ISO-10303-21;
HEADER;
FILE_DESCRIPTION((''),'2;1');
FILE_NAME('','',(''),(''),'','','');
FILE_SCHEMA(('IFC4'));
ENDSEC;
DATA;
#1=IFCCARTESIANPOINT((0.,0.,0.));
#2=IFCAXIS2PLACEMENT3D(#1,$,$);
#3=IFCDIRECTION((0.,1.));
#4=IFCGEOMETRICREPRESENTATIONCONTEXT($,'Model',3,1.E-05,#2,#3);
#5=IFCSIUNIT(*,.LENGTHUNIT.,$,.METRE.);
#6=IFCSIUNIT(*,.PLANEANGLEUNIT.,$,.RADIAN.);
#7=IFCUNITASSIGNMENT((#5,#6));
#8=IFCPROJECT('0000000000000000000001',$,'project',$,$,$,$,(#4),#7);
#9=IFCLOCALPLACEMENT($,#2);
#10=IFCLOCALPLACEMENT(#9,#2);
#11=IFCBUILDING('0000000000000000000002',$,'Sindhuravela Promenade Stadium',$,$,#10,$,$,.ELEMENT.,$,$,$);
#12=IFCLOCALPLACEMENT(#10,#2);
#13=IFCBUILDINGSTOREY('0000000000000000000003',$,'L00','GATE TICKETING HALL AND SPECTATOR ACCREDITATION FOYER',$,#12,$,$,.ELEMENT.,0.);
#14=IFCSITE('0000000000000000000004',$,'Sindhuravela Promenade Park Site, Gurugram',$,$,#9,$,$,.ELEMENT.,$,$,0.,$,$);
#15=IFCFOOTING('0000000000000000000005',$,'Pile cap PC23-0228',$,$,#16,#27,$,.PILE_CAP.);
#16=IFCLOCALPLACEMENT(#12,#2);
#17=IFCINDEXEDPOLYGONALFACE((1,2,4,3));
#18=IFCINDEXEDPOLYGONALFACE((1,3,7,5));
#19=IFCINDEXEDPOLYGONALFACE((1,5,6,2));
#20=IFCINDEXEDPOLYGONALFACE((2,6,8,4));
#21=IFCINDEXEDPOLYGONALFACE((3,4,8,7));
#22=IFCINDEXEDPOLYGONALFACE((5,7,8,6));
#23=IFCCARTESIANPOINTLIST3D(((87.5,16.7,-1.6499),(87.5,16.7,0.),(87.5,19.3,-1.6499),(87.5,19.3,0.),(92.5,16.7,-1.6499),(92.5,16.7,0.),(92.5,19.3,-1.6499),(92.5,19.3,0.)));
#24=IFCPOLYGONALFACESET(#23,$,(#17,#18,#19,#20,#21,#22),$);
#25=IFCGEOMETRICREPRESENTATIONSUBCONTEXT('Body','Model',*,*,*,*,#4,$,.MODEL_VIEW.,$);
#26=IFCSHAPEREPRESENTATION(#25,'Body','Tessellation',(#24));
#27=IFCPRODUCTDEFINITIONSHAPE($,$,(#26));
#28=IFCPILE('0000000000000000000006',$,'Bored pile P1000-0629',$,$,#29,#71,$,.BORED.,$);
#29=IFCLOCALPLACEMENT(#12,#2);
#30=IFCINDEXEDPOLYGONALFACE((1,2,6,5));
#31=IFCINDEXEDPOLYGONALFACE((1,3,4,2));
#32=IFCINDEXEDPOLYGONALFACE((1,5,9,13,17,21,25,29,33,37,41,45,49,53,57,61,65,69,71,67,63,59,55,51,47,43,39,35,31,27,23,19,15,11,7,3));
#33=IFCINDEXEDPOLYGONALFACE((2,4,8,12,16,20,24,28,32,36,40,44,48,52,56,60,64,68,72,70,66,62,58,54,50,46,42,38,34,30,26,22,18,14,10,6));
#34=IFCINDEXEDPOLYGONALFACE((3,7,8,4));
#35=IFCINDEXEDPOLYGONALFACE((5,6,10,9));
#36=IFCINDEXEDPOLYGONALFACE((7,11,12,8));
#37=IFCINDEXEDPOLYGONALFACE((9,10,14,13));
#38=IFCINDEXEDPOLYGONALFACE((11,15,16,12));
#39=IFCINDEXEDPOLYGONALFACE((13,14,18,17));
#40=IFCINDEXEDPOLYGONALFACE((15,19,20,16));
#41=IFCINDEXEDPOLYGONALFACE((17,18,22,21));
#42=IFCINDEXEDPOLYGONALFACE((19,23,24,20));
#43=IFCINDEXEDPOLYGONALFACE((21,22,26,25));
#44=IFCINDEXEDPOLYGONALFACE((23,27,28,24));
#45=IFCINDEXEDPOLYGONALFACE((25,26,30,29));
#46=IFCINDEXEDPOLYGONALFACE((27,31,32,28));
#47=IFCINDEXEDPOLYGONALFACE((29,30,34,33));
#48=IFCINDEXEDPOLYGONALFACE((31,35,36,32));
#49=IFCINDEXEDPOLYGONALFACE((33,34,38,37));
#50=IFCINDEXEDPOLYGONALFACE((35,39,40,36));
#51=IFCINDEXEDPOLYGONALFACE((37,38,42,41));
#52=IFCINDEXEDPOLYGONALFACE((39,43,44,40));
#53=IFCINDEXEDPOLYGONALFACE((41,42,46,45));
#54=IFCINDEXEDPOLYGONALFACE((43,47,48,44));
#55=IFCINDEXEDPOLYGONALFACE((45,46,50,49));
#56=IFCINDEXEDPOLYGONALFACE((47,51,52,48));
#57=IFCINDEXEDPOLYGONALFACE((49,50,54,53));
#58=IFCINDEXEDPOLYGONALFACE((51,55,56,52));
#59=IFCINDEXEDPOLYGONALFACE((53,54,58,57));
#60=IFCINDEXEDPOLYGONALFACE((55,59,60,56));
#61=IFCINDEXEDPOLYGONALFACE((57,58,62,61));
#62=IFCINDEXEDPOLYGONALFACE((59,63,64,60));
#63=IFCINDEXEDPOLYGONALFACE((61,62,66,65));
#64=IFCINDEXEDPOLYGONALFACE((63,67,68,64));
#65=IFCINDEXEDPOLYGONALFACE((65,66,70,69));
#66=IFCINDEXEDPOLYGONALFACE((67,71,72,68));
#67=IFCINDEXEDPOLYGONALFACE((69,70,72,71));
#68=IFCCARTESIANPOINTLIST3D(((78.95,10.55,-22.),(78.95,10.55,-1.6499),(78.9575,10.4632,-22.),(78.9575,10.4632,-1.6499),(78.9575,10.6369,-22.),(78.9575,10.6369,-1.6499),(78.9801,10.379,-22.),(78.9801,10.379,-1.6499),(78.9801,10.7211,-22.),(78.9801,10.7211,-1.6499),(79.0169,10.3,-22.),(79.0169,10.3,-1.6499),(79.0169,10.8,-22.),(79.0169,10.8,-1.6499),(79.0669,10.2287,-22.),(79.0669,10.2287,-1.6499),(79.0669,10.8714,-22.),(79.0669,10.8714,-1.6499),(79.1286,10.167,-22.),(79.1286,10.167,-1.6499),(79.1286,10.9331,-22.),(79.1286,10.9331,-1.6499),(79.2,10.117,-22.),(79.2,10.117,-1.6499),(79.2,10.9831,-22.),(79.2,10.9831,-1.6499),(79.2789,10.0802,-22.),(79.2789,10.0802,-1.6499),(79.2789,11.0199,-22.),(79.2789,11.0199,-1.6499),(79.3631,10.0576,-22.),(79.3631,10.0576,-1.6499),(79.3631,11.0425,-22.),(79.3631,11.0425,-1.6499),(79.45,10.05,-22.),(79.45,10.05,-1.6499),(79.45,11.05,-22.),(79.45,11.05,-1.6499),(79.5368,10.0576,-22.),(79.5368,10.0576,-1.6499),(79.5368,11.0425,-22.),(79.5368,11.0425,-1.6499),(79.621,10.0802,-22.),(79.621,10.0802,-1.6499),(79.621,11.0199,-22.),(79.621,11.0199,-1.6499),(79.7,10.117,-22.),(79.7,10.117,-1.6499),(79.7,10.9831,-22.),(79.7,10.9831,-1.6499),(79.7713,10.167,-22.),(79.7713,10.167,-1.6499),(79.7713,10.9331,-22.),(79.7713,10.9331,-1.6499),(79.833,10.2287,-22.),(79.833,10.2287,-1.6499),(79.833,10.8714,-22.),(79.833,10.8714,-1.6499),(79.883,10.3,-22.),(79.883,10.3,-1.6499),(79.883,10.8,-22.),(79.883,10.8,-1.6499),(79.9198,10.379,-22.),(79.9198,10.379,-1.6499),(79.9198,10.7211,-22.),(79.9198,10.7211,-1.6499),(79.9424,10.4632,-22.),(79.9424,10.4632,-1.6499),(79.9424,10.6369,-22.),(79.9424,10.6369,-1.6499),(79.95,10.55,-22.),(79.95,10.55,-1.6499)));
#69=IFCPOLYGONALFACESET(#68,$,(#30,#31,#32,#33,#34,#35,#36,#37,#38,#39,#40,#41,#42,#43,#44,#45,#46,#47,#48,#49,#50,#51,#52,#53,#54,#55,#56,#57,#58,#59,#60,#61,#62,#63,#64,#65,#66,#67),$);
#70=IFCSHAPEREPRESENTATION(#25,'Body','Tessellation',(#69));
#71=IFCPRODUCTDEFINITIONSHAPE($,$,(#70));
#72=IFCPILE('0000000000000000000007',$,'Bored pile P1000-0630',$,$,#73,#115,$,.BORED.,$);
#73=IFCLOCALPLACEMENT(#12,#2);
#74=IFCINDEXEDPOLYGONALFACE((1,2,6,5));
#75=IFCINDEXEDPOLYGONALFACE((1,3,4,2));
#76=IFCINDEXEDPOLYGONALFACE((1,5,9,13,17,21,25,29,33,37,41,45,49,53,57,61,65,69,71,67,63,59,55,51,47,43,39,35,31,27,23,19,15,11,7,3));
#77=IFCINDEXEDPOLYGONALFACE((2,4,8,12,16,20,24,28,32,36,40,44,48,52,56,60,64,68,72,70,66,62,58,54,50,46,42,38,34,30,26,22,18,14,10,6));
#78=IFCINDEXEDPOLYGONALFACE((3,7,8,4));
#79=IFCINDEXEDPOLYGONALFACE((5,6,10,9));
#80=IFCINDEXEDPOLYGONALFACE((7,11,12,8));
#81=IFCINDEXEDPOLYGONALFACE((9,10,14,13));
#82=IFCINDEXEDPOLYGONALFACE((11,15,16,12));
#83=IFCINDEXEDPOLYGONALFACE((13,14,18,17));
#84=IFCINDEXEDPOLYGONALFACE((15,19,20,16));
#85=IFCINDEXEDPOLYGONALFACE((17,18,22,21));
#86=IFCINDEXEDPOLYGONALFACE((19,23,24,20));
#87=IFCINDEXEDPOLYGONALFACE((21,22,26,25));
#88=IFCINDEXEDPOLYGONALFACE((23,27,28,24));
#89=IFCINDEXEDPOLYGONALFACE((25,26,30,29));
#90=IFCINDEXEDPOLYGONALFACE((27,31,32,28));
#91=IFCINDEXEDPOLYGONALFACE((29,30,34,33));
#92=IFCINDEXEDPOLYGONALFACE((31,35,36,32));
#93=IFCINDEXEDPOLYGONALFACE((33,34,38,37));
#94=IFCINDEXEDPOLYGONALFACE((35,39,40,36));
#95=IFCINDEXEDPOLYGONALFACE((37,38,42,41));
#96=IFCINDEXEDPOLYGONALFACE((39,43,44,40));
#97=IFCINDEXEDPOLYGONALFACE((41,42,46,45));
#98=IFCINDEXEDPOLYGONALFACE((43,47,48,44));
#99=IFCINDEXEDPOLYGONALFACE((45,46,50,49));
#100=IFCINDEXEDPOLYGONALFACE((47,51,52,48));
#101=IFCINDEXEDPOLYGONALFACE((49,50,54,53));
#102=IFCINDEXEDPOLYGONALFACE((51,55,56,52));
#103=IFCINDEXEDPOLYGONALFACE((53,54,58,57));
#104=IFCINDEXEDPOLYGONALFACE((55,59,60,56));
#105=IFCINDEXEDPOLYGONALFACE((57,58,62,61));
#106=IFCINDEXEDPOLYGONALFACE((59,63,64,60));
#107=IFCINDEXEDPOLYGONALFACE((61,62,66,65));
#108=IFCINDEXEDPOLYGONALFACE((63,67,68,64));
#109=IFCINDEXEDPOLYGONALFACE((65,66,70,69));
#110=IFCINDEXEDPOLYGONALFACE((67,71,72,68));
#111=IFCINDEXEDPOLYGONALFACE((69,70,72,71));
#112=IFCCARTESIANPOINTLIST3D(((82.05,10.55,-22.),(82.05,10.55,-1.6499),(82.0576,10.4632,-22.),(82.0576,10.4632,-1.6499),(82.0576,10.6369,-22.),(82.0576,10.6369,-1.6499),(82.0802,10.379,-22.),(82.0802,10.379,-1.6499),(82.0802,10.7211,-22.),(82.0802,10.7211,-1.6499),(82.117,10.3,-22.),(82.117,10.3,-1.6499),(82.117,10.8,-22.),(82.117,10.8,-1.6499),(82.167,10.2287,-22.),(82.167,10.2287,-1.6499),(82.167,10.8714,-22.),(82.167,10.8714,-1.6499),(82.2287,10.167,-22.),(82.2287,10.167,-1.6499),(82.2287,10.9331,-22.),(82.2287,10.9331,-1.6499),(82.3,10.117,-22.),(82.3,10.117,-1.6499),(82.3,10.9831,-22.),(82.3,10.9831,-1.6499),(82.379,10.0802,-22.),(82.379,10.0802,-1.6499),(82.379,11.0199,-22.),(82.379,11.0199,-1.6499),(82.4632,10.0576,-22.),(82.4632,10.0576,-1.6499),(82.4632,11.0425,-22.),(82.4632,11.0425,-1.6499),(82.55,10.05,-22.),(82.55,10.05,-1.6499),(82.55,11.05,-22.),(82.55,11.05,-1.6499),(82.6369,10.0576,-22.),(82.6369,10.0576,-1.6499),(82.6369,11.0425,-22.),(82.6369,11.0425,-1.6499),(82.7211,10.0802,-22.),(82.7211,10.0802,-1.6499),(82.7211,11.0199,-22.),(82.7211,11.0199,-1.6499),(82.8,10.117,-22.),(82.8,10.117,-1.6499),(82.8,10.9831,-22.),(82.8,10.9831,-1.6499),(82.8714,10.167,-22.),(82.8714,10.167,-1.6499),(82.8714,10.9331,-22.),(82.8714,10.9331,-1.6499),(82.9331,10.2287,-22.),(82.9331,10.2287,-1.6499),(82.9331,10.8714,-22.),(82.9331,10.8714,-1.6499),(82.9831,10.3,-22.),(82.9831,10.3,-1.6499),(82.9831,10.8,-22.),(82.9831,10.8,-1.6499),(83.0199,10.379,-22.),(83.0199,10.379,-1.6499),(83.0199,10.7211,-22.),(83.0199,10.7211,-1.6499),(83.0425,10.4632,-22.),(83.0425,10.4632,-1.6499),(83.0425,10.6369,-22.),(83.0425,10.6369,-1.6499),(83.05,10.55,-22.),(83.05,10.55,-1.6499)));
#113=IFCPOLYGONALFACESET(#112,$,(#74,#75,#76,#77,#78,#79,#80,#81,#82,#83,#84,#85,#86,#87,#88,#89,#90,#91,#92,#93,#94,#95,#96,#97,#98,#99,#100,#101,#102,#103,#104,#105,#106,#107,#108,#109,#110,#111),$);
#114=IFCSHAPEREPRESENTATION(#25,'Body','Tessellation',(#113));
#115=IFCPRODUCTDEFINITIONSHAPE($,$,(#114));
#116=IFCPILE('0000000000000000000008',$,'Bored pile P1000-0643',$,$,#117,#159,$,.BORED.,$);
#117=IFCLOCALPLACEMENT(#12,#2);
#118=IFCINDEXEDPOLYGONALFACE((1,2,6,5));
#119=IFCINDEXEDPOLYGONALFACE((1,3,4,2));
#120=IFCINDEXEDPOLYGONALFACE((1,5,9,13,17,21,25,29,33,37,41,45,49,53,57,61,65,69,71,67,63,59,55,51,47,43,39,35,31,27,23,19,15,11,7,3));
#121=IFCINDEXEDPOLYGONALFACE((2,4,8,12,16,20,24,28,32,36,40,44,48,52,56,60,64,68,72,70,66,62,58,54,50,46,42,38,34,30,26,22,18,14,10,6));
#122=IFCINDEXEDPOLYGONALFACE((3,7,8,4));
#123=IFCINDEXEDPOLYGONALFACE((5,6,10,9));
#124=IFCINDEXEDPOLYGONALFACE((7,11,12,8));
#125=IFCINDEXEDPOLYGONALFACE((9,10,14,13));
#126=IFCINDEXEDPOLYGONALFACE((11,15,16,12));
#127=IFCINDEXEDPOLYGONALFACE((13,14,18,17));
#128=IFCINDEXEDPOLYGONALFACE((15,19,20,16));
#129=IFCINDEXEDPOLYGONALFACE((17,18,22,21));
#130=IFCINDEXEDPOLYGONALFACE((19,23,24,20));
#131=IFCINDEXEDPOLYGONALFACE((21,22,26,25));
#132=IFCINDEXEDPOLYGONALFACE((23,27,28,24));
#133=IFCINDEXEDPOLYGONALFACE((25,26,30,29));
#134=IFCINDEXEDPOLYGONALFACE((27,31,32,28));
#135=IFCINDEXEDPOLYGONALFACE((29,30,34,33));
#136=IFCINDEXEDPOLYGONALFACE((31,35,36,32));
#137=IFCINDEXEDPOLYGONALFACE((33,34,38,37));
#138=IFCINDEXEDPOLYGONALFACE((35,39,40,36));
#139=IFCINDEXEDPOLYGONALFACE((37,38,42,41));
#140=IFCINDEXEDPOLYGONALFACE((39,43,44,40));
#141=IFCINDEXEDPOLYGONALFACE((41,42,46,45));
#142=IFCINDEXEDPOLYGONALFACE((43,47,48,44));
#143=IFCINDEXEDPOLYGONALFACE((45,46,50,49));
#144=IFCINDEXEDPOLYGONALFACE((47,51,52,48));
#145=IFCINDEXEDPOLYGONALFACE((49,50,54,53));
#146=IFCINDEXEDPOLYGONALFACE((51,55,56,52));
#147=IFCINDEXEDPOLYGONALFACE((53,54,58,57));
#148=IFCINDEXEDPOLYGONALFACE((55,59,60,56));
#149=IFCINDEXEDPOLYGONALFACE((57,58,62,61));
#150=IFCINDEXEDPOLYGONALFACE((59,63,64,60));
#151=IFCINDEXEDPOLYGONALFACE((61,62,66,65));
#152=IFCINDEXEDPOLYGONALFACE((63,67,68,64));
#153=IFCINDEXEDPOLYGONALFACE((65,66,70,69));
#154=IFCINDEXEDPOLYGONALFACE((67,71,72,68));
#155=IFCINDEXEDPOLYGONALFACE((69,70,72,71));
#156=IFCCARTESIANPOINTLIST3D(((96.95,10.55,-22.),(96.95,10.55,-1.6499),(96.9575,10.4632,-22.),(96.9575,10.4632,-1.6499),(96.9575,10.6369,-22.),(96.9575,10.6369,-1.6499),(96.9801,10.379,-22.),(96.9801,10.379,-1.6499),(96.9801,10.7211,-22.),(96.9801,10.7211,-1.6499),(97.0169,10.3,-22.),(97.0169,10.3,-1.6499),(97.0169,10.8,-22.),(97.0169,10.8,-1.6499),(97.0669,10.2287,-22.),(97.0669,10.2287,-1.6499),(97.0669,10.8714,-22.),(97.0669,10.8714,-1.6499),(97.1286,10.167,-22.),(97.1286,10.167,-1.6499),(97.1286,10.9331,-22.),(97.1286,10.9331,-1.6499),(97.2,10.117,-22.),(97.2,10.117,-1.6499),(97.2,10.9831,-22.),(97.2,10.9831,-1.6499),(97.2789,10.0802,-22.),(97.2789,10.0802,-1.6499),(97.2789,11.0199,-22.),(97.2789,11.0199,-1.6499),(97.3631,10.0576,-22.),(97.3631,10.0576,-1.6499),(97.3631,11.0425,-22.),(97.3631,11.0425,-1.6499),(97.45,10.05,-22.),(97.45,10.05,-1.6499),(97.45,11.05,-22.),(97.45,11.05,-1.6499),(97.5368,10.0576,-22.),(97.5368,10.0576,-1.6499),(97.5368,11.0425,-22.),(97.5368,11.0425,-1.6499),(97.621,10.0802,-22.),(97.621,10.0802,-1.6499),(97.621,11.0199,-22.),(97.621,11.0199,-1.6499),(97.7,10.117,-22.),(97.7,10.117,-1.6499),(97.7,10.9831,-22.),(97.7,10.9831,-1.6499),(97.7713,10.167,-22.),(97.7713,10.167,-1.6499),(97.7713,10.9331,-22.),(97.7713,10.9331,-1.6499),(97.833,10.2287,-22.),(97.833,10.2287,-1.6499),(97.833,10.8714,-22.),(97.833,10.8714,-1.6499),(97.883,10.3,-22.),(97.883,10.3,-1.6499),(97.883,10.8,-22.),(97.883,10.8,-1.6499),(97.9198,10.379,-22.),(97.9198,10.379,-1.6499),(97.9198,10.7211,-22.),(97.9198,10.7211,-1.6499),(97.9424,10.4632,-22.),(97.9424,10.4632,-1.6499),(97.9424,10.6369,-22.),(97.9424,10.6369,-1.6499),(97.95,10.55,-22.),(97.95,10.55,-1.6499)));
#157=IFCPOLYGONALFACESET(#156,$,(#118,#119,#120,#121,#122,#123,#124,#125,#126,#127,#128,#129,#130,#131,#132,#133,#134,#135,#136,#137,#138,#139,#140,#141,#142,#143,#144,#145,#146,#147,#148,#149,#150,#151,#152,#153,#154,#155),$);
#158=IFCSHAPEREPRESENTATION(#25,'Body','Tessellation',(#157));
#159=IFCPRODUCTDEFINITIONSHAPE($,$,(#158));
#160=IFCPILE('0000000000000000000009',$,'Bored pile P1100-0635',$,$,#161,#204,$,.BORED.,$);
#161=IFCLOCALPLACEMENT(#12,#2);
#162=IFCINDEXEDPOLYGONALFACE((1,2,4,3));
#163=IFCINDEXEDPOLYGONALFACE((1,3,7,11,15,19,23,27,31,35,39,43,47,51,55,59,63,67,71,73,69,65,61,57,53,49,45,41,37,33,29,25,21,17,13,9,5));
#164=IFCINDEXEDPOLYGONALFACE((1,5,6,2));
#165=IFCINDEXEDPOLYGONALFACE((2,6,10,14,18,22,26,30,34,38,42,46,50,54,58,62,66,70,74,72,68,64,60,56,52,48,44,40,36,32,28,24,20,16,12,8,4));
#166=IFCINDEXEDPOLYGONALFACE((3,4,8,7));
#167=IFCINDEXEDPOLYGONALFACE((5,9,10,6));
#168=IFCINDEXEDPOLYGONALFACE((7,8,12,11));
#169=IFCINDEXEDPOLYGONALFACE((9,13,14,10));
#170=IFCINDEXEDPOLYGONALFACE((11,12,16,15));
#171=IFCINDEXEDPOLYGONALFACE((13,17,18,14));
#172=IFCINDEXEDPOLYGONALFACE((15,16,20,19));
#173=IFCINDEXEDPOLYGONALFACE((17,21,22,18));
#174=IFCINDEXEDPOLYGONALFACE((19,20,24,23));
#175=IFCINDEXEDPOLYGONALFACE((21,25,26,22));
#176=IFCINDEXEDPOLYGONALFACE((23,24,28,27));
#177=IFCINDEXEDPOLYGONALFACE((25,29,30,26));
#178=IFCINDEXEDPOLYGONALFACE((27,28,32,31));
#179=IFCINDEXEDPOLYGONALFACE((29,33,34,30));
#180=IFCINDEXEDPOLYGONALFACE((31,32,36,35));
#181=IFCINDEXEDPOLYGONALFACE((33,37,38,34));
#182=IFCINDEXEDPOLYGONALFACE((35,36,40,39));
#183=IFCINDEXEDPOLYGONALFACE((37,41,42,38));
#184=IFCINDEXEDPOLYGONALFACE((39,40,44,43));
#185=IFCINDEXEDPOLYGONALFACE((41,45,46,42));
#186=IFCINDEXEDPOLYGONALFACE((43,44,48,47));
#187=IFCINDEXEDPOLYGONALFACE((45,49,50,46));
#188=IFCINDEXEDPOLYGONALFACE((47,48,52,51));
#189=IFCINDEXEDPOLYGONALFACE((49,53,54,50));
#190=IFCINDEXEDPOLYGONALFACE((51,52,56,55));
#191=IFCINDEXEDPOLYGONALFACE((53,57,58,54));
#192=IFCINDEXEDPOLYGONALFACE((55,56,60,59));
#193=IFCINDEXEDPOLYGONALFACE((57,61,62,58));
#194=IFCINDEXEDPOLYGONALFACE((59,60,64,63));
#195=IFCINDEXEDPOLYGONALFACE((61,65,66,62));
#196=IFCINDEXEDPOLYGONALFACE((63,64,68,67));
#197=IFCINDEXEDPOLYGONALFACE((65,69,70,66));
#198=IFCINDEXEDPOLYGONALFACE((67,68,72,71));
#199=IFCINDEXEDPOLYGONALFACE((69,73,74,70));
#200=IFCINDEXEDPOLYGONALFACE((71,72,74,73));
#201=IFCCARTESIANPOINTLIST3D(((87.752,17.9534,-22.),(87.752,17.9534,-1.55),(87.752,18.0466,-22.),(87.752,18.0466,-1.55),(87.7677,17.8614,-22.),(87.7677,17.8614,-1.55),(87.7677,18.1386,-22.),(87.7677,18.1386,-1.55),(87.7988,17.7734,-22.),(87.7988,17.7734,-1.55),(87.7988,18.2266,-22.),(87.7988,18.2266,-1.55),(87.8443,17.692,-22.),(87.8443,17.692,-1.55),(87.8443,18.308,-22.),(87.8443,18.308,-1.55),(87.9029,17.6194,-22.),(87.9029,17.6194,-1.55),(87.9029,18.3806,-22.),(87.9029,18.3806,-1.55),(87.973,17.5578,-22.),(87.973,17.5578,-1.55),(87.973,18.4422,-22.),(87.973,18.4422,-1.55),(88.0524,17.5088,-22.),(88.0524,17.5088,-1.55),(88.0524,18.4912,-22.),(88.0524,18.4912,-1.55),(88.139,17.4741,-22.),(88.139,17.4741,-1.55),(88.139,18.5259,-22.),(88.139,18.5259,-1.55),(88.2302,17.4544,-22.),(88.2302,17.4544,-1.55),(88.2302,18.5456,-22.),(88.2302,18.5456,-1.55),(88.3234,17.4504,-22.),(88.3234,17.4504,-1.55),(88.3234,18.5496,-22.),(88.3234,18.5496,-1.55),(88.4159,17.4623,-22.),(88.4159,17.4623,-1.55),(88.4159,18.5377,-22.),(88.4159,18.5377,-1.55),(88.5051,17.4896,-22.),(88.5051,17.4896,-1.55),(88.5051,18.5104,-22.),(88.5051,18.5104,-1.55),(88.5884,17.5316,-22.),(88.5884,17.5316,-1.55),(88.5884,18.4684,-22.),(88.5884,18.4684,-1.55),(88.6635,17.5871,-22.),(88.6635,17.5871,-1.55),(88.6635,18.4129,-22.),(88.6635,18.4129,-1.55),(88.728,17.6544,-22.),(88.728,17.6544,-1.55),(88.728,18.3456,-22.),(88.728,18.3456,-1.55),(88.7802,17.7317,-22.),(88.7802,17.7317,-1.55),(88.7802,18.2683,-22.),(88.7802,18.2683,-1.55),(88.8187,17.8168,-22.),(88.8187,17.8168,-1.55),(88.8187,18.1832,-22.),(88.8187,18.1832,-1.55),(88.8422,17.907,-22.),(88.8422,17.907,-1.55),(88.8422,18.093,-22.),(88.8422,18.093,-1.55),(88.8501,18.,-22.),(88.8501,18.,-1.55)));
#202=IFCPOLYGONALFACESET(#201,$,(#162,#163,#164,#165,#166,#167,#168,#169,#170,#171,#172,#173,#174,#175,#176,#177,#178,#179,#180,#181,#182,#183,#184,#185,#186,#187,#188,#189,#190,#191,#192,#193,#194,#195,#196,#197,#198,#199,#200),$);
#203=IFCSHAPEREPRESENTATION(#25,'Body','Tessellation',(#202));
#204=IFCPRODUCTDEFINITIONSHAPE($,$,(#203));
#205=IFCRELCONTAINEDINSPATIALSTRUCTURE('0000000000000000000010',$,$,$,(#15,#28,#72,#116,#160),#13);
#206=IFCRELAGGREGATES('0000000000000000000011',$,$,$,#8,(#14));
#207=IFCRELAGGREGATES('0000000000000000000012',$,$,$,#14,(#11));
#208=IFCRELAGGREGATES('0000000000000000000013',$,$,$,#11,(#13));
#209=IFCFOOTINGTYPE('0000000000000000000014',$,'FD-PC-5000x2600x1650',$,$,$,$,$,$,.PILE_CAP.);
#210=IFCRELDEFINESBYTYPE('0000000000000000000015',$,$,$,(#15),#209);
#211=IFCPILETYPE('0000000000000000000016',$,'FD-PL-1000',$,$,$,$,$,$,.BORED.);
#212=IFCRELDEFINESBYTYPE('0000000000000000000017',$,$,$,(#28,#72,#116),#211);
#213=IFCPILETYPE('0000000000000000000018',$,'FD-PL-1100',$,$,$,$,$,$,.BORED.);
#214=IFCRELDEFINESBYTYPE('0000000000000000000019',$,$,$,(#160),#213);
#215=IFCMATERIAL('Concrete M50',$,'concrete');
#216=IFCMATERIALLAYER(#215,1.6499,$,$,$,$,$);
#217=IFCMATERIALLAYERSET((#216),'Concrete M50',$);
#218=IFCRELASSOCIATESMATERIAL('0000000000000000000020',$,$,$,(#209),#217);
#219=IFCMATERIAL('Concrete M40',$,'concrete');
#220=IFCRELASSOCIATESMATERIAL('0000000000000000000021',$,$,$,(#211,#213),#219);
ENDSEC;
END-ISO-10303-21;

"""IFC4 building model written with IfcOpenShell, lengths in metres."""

from ifc_helpers import new_model, si_unit, direction, frame, origin, origin_2d, place, context, subcontext, project, spatial, rectangle, circle, extrude, material, layer, layer_set, material_profile, profile_set, type_object, element, save


model = new_model("IFC4")

# Units and contexts
model_context = context("Model", 3, precision=1e-05, world=origin(), true_north=direction((0.0, 1.0)))
body_context = subcontext(model_context, "Body", "Model", "MODEL_VIEW")
ifc_project = project(units=[si_unit("LENGTHUNIT", "METRE"), si_unit("PLANEANGLEUNIT", "RADIAN")], contexts=[model_context])

# Site, building, storey
site_placement = place(None, origin())
site = spatial("IfcSite", under=ifc_project, at=site_placement, Name="Sindhuravela Promenade Park Site, Gurugram", CompositionType="ELEMENT", RefElevation=0.0)
building_placement = place(site_placement, origin())
building = spatial("IfcBuilding", under=site, at=building_placement, Name="Sindhuravela Promenade Stadium", CompositionType="ELEMENT")
storey_placement = place(building_placement, origin())
storey = spatial("IfcBuildingStorey", under=building, at=storey_placement, Name="L00", Description="GATE TICKETING HALL AND SPECTATOR ACCREDITATION FOYER", CompositionType="ELEMENT", Elevation=0.0)

# Footing
ifc_material_1 = material(Name="Concrete M50", Category="concrete")
ifc_layer_1 = layer(ifc_material_1, 1.6499)
ifc_layer_set_1 = layer_set([ifc_layer_1], Name="Concrete M50")
footing_type = type_object("IfcFootingType", Name="FD-PC-5000x2600x1650", PredefinedType="PILE_CAP", material=ifc_layer_set_1)
footing_placement = place(storey_placement, frame((90.0, 18.0, -1.6499), z_axis=(0.0, 0.0, 1.0), x_axis=(1.0, 0.0, 0.0)))
element("IfcFooting", 1, at=footing_placement, inside=storey, type_object=footing_type, Name="Pile cap PC23-0228", PredefinedType="PILE_CAP", context=body_context, shape_type="SweptSolid", body=[
    extrude(rectangle(XDim=5.0, YDim=2.6001, at=origin_2d()), origin(), (0.0, 0.0, 1.0), 1.6499),
])

# Piles
ifc_material_2 = material(Name="Concrete M40", Category="concrete")
ifc_material_profile_1 = material_profile(ifc_material_2, circle(Radius=0.5, at=origin_2d()), Name="BORED PILE D1000")
ifc_profile_set_1 = profile_set([ifc_material_profile_1], Name="Concrete M40")
pile_type_1 = type_object("IfcPileType", Name="FD-PL-1000", PredefinedType="BORED", material=ifc_profile_set_1)
for number, where, z_axis, x_axis, name in (
    (2, (79.45, 10.55, -1.6499), (0.0, 0.0, -1.0), (1.0, 0.0, 0.0), "Bored pile P1000-0629"),
    (3, (82.55, 10.55, -1.6499), (0.0, 0.0, -1.0), (1.0, 0.0, 0.0), "Bored pile P1000-0630"),
    (4, (97.45, 10.55, -1.6499), (0.0, 0.0, -1.0), (1.0, 0.0, 0.0), "Bored pile P1000-0643"),
):
    element("IfcPile", number, at=place(storey_placement, frame(where, z_axis=z_axis, x_axis=x_axis)), inside=storey, type_object=pile_type_1, Name=name, PredefinedType="BORED", context=body_context, shape_type="SweptSolid", body=[
        extrude(circle(Radius=0.5, at=origin_2d()), origin(), (0.0, 0.0, 1.0), 20.3501),
    ])
ifc_material_profile_2 = material_profile(ifc_material_2, circle(Radius=0.55, at=origin_2d()), Name="BORED PILE D1100")
ifc_profile_set_2 = profile_set([ifc_material_profile_2], Name="Concrete M40")
pile_type_2 = type_object("IfcPileType", Name="FD-PL-1100", PredefinedType="BORED", material=ifc_profile_set_2)
for number, where, z_axis, x_axis, name in (
    (5, (88.3, 18.0, -1.55), (0.0, 0.0, -1.0), (1.0, 0.0, 0.0), "Bored pile P1100-0635"),
):
    element("IfcPile", number, at=place(storey_placement, frame(where, z_axis=z_axis, x_axis=x_axis)), inside=storey, type_object=pile_type_2, Name=name, PredefinedType="BORED", context=body_context, shape_type="SweptSolid", body=[
        extrude(circle(Radius=0.55, at=origin_2d()), origin(), (0.0, 0.0, 1.0), 20.45),
    ])

save(model, "model.ifc")
